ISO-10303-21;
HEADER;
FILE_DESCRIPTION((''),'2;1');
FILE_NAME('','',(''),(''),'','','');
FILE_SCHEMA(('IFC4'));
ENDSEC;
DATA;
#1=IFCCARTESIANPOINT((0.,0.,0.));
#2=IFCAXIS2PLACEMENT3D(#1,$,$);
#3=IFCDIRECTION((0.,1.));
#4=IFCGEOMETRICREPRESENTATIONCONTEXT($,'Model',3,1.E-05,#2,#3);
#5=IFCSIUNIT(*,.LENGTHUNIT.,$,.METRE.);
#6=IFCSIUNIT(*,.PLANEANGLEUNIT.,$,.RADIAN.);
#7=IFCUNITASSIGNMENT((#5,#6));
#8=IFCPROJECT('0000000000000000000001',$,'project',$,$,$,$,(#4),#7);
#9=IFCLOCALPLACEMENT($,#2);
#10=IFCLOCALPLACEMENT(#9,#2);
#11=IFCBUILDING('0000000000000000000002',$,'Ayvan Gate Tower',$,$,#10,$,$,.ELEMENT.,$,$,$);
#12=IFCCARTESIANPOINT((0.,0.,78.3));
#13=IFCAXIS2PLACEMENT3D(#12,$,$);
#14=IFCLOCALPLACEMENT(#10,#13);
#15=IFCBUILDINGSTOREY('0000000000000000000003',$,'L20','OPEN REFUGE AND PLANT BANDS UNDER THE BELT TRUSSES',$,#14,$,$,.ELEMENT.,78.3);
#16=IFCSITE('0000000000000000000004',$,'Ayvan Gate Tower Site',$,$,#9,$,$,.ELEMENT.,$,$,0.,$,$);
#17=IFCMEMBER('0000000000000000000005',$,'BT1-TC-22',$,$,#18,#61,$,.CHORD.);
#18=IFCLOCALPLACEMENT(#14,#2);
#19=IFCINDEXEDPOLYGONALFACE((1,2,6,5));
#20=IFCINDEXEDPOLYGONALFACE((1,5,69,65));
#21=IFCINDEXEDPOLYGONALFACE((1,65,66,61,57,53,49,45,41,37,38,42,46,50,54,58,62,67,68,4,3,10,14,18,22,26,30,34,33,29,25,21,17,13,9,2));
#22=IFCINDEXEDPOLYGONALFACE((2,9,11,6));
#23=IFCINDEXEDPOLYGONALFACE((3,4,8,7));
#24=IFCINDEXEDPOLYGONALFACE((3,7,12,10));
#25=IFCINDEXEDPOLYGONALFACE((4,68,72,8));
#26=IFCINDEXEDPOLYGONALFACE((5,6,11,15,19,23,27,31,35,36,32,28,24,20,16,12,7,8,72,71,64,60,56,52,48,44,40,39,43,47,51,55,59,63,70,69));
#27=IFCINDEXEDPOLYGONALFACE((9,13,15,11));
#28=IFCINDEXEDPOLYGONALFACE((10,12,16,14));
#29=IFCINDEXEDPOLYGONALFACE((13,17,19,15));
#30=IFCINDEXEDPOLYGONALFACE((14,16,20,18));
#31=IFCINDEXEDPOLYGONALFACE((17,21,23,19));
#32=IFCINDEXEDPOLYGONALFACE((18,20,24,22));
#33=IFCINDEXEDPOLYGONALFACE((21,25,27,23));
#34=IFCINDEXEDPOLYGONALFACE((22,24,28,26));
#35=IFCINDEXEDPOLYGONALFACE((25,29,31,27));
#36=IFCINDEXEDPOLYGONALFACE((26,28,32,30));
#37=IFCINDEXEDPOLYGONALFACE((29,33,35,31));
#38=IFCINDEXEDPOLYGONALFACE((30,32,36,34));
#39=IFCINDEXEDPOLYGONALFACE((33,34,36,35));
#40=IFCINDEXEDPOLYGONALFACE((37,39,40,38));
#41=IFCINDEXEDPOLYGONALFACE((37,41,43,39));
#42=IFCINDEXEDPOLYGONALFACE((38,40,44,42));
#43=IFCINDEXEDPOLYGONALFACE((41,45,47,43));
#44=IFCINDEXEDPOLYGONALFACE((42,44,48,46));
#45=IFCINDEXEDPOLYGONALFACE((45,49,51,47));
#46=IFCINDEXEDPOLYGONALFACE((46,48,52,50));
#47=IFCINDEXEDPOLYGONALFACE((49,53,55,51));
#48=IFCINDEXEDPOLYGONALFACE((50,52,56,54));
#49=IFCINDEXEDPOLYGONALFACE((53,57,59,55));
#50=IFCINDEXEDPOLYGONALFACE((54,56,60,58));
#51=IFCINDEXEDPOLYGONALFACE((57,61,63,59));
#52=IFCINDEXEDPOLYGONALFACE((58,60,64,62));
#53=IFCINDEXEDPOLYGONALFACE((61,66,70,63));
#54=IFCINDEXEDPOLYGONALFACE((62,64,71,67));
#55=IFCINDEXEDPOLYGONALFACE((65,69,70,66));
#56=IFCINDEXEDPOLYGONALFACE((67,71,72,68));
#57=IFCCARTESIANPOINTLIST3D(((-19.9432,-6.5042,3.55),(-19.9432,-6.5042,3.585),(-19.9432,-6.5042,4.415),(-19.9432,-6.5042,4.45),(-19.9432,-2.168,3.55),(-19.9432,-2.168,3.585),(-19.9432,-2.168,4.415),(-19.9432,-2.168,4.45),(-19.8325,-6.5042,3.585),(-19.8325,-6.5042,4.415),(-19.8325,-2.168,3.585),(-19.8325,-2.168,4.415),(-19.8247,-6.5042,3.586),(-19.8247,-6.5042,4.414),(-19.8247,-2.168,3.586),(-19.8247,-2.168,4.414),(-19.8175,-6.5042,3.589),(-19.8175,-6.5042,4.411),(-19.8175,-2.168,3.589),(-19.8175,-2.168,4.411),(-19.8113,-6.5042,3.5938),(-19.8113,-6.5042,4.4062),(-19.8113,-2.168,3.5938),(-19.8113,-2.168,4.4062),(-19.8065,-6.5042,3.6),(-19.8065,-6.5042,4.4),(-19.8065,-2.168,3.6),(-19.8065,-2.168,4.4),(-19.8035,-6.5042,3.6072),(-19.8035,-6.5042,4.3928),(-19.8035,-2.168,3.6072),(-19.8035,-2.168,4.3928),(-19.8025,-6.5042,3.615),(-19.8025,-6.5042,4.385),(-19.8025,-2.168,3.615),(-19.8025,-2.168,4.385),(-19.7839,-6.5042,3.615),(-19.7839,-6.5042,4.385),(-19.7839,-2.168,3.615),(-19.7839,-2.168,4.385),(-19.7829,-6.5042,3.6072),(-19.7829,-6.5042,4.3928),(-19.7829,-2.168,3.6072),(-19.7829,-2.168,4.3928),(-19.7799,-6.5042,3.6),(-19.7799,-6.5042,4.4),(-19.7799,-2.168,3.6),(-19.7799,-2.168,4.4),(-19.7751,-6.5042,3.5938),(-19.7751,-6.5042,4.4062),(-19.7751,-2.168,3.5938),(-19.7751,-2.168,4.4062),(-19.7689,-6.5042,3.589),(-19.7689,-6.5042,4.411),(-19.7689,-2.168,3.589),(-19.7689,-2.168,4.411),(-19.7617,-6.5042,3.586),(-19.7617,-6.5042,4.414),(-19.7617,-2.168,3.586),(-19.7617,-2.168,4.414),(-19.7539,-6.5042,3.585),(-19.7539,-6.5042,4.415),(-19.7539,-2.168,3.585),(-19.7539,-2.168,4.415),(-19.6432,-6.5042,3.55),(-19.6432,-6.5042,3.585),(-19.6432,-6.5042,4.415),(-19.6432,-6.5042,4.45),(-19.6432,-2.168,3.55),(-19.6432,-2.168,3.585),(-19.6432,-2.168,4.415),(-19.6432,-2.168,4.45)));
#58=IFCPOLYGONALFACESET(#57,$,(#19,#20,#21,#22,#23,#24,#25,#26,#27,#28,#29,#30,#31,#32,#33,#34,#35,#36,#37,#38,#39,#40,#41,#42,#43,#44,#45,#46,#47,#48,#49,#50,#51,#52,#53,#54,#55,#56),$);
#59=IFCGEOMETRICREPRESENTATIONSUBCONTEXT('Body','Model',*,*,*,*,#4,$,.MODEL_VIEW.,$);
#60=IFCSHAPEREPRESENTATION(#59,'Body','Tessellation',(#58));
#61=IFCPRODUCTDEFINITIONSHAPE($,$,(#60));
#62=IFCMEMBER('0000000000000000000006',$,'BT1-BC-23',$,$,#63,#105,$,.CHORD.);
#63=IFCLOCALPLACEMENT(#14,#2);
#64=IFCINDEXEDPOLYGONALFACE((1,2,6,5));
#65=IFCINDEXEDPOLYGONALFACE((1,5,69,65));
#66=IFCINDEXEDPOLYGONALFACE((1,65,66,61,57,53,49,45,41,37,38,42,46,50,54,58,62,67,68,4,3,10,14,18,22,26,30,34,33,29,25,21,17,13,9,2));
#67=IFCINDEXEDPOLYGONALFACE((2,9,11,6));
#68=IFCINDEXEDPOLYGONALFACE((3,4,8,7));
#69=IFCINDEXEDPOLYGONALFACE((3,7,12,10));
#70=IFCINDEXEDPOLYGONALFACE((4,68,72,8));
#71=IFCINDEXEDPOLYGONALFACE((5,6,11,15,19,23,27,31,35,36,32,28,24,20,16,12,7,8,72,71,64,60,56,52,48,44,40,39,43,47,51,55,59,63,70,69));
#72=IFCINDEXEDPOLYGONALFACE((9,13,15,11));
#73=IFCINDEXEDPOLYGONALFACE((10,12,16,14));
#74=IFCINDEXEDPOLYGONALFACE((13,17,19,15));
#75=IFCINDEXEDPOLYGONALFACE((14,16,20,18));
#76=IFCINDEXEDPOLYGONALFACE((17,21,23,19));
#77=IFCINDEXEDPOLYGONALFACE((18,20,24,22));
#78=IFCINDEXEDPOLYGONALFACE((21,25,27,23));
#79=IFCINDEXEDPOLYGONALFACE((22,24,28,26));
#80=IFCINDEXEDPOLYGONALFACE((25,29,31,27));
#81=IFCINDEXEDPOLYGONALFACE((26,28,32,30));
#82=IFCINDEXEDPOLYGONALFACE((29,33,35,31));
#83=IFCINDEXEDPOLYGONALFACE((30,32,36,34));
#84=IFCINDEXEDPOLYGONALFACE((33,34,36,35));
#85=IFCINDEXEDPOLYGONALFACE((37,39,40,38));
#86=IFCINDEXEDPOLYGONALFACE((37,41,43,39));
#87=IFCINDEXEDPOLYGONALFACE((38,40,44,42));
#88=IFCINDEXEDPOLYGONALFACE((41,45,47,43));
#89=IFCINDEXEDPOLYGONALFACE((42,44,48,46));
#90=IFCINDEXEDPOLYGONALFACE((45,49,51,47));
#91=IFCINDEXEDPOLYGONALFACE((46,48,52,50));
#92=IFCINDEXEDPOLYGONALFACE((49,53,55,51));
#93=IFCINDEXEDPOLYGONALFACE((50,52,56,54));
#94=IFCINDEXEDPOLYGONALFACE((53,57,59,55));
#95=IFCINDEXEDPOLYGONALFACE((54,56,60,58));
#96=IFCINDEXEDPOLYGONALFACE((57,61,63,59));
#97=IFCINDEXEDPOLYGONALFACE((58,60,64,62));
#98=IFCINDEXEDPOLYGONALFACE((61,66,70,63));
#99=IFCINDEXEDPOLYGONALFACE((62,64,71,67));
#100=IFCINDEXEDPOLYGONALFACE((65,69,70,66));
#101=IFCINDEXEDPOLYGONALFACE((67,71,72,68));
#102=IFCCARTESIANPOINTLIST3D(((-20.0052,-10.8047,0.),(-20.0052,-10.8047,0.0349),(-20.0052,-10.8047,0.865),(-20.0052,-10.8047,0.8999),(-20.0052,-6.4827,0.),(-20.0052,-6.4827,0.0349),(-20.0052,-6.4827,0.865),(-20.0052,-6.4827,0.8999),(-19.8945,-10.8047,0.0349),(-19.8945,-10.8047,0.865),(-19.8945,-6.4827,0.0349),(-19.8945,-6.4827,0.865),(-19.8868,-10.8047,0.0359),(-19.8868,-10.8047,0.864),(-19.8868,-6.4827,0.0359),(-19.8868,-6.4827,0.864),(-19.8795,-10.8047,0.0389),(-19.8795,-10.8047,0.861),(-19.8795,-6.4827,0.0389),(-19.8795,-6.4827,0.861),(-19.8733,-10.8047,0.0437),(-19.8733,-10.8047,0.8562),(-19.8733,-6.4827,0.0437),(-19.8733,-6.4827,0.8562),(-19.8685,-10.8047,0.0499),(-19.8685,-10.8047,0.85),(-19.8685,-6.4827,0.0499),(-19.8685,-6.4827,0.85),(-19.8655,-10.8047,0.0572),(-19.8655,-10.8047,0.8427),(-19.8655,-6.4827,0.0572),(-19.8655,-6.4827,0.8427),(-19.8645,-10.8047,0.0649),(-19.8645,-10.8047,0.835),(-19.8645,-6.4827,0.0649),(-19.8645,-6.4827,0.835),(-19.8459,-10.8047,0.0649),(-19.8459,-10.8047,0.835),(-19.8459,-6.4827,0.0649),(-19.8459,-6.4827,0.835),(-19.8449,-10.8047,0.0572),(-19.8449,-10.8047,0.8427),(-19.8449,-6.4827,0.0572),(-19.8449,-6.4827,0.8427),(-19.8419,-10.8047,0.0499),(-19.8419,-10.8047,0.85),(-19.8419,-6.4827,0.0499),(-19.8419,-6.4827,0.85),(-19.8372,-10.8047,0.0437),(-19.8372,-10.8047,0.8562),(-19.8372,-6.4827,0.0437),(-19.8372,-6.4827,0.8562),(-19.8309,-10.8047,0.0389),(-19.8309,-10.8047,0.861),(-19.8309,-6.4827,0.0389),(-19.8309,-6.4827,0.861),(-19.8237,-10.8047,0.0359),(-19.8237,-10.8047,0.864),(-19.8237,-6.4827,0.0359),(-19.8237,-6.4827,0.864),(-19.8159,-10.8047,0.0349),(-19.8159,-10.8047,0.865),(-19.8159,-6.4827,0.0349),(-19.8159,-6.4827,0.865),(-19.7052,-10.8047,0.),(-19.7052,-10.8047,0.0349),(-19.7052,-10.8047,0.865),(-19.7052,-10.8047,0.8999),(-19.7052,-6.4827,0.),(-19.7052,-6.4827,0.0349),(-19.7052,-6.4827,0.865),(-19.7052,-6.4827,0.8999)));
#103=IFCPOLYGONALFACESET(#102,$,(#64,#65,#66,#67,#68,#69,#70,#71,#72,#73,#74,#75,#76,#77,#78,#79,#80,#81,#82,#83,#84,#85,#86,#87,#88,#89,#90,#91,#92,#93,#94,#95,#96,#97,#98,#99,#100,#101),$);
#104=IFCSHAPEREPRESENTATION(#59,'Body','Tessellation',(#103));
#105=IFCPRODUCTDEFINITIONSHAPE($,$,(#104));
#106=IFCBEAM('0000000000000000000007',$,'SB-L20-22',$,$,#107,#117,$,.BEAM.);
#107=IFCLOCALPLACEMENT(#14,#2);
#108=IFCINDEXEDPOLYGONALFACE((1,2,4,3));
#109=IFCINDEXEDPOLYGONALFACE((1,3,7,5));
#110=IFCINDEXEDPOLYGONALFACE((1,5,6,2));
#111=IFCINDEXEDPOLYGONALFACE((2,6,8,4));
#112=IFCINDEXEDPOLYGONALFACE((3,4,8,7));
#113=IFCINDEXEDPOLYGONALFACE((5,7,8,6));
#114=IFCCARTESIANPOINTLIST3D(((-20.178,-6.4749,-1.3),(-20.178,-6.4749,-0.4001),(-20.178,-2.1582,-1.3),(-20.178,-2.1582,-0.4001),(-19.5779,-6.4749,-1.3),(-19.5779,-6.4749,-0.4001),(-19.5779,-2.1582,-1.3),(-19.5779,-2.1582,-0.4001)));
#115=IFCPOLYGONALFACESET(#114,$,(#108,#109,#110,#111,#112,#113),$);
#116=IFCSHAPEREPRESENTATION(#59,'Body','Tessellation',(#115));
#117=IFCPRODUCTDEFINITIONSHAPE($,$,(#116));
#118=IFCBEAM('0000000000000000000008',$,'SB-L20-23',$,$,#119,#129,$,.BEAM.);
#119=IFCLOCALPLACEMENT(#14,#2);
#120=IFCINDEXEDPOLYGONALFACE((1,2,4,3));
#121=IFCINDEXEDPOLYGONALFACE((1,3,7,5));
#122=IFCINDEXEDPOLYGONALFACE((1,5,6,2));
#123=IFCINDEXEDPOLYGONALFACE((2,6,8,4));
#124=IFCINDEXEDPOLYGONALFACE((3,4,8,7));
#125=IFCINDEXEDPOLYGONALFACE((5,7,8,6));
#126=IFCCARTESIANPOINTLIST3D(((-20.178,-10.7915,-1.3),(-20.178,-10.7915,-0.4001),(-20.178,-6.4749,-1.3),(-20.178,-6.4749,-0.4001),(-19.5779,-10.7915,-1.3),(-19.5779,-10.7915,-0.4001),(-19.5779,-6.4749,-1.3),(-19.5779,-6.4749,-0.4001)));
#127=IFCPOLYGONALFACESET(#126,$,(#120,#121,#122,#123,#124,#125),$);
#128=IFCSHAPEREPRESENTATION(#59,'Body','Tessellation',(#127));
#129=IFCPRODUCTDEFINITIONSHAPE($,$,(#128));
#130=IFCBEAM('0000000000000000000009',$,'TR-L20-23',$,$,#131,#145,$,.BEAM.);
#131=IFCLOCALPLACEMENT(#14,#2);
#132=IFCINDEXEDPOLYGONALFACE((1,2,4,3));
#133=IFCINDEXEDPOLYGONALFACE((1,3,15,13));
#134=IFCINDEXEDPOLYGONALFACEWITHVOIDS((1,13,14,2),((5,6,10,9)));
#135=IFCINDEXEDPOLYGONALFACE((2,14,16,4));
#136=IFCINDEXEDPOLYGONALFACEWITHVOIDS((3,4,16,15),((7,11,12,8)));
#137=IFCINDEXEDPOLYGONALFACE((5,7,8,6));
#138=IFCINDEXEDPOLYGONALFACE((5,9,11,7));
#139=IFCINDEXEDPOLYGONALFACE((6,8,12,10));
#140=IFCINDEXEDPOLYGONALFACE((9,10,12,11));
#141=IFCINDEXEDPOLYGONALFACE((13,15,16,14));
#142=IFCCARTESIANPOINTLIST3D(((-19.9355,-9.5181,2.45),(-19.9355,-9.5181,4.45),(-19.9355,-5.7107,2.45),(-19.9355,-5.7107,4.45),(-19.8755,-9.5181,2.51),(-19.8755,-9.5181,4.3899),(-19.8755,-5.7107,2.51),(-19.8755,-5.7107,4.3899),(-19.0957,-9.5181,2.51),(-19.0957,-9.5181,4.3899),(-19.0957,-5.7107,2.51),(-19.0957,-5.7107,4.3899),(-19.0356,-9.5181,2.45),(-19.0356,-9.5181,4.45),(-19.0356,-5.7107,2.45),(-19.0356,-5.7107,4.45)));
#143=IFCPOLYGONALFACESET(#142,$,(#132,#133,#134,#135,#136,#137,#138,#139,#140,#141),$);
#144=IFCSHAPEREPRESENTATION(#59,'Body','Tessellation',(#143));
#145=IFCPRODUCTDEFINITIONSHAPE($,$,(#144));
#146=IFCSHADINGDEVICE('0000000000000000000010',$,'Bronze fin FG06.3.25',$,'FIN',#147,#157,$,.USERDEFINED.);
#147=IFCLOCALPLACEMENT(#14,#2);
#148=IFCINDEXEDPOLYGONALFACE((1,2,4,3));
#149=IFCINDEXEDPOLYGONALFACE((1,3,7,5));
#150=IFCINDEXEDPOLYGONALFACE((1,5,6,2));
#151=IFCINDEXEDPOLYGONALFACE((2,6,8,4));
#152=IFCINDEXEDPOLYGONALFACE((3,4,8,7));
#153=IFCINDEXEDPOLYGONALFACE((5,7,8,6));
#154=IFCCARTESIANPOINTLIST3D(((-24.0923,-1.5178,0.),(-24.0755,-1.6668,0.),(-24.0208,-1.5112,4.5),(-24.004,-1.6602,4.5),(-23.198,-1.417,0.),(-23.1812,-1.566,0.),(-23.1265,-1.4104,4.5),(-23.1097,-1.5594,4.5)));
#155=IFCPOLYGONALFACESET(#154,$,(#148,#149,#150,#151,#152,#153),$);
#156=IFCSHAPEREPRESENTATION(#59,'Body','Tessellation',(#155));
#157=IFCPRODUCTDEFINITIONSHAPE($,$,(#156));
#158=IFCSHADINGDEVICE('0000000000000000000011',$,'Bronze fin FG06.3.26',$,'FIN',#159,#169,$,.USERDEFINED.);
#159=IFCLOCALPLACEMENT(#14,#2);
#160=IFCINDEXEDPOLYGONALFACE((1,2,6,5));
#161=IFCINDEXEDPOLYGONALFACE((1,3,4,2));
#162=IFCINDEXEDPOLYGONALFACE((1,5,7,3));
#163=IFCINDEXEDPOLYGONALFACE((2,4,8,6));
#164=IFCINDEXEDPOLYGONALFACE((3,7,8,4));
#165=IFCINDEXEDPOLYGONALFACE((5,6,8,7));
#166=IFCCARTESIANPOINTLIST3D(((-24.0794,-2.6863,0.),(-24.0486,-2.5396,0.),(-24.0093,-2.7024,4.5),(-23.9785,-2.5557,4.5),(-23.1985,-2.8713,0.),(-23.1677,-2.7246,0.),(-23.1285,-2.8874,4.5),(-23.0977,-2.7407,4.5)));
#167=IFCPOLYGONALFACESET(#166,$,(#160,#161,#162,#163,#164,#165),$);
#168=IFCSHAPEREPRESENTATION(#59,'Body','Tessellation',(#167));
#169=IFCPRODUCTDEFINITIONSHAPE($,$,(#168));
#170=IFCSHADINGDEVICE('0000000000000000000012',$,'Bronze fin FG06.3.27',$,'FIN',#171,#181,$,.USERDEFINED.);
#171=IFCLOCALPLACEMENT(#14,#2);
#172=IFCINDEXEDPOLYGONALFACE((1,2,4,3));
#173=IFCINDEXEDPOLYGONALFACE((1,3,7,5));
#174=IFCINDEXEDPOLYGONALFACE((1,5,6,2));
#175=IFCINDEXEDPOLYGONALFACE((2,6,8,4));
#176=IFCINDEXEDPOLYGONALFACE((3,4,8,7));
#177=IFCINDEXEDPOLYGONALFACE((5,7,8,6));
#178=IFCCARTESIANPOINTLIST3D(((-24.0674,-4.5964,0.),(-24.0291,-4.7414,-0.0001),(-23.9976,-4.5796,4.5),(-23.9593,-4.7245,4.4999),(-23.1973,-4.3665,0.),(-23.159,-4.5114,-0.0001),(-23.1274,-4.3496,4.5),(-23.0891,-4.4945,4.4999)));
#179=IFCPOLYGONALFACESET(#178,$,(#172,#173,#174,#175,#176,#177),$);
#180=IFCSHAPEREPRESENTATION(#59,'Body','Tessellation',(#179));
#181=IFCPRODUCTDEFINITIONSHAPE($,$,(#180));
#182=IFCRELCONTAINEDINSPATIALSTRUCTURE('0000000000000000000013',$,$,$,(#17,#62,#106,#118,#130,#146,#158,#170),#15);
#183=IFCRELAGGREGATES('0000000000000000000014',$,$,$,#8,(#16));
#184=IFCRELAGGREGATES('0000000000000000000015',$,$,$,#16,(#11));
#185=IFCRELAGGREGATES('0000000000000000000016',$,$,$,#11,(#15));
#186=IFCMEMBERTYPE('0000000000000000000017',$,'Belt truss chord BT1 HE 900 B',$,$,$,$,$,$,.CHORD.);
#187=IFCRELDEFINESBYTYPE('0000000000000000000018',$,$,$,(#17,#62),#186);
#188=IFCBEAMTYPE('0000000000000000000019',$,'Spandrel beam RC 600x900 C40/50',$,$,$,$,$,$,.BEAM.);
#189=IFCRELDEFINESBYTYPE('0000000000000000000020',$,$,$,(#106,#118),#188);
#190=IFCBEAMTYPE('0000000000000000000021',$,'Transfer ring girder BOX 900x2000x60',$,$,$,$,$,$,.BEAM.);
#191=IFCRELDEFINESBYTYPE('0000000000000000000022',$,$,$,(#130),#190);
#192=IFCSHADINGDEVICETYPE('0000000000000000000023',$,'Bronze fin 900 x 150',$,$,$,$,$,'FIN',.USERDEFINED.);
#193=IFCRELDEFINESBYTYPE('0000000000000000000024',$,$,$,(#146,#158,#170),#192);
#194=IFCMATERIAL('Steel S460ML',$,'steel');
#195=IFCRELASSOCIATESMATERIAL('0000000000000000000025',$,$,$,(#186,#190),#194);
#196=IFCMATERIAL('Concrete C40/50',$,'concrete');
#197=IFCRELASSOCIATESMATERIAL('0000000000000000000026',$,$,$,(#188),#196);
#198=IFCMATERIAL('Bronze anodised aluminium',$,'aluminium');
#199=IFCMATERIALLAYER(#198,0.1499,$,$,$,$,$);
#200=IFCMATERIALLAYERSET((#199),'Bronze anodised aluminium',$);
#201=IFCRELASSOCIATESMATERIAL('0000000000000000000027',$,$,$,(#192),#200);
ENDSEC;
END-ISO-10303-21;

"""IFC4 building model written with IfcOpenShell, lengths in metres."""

from ifc_helpers import new_model, si_unit, direction, frame, origin, origin_2d, place, context, subcontext, project, spatial, polyline, rectangle, hollow_rectangle, i_section, outline, extrude, material, layer, layer_set, material_profile, profile_set, type_object, element, save


model = new_model("IFC4")

# Units and contexts
model_context = context("Model", 3, precision=1e-05, world=origin(), true_north=direction((0.0, 1.0)))
body_context = subcontext(model_context, "Body", "Model", "MODEL_VIEW")
ifc_project = project(units=[si_unit("LENGTHUNIT", "METRE"), si_unit("PLANEANGLEUNIT", "RADIAN")], contexts=[model_context])

# Site, building, storey
site_placement = place(None, origin())
site = spatial("IfcSite", under=ifc_project, at=site_placement, Name="Ayvan Gate Tower Site", CompositionType="ELEMENT", RefElevation=0.0)
building_placement = place(site_placement, origin())
building = spatial("IfcBuilding", under=site, at=building_placement, Name="Ayvan Gate Tower", CompositionType="ELEMENT")
storey_placement = place(building_placement, frame((0.0, 0.0, 78.3)))
storey = spatial("IfcBuildingStorey", under=building, at=storey_placement, Name="L20", Description="OPEN REFUGE AND PLANT BANDS UNDER THE BELT TRUSSES", CompositionType="ELEMENT", Elevation=78.3)

# Members
ifc_material_1 = material(Name="Steel S460ML", Category="steel")
ifc_material_profile_1 = material_profile(ifc_material_1, i_section(OverallWidth=0.3, OverallDepth=0.8999, WebThickness=0.0186, FlangeThickness=0.0349, FilletRadius=0.03, at=origin_2d()), Name="HE 900 B")
ifc_profile_set_1 = profile_set([ifc_material_profile_1], Name="Steel S460ML")
member_type_1 = type_object("IfcMemberType", Name="Belt truss chord BT1 HE 900 B", PredefinedType="CHORD", material=ifc_profile_set_1)
member_1_placement = place(storey_placement, frame((-19.7932, -2.168, 4.0), z_axis=(0.0, -1.0, 0.0), x_axis=(1.0, 0.0, 0.0)))
element("IfcMember", 1, at=member_1_placement, inside=storey, type_object=member_type_1, Name="BT1-TC-22", PredefinedType="CHORD", context=body_context, shape_type="SweptSolid", body=[
    extrude(i_section(OverallWidth=0.3, OverallDepth=0.8999, WebThickness=0.0186, FlangeThickness=0.0349, FilletRadius=0.03, at=origin_2d()), origin(), (0.0, 0.0, 1.0), 4.3362),
])
member_2_placement = place(storey_placement, frame((-19.8552, -6.4827, 0.45), z_axis=(0.0, -1.0, 0.0), x_axis=(1.0, 0.0, 0.0)))
element("IfcMember", 2, at=member_2_placement, inside=storey, type_object=member_type_1, Name="BT1-BC-23", PredefinedType="CHORD", context=body_context, shape_type="SweptSolid", body=[
    extrude(i_section(OverallWidth=0.3, OverallDepth=0.8999, WebThickness=0.0186, FlangeThickness=0.0349, FilletRadius=0.03, at=origin_2d()), origin(), (0.0, 0.0, 1.0), 4.322),
])

# Beams
ifc_material_2 = material(Name="Concrete C40/50", Category="concrete")
ifc_material_profile_2 = material_profile(ifc_material_2, rectangle(XDim=0.6001, YDim=0.8999, at=origin_2d()), Name="RC 600x900")
ifc_profile_set_2 = profile_set([ifc_material_profile_2], Name="Concrete C40/50")
beam_type_1 = type_object("IfcBeamType", Name="Spandrel beam RC 600x900 C40/50", PredefinedType="BEAM", material=ifc_profile_set_2)
for number, where, z_axis, x_axis, name in (
    (3, (-19.8779, -2.1582, -0.8501), (0.0, -1.0, 0.0), (1.0, 0.0, 0.0), "SB-L20-22"),
    (4, (-19.8779, -6.4749, -0.8501), (0.0, -1.0, 0.0), (1.0, 0.0, 0.0), "SB-L20-23"),
):
    element("IfcBeam", number, at=place(storey_placement, frame(where, z_axis=z_axis, x_axis=x_axis)), inside=storey, type_object=beam_type_1, Name=name, PredefinedType="BEAM", context=body_context, shape_type="SweptSolid", body=[
        extrude(rectangle(XDim=0.6001, YDim=0.8999, at=origin_2d()), origin(), (0.0, 0.0, 1.0), 4.3167),
    ])
ifc_material_profile_3 = material_profile(ifc_material_1, hollow_rectangle(XDim=0.8999, YDim=2.0, WallThickness=0.0601, at=origin_2d()), Name="BOX 900x2000x60")
ifc_profile_set_3 = profile_set([ifc_material_profile_3], Name="Steel S460ML")
beam_type_2 = type_object("IfcBeamType", Name="Transfer ring girder BOX 900x2000x60", PredefinedType="BEAM", material=ifc_profile_set_3)
beam_placement = place(storey_placement, frame((-19.4856, -5.7107, 3.45), z_axis=(0.0, -1.0, 0.0), x_axis=(1.0, 0.0, 0.0)))
element("IfcBeam", 5, at=beam_placement, inside=storey, type_object=beam_type_2, Name="TR-L20-23", PredefinedType="BEAM", context=body_context, shape_type="SweptSolid", body=[
    extrude(hollow_rectangle(XDim=0.8999, YDim=2.0, WallThickness=0.0601, at=origin_2d()), origin(), (0.0, 0.0, 1.0), 3.8074),
])

# Shading devices
ifc_material_3 = material(Name="Bronze anodised aluminium", Category="aluminium")
ifc_layer_1 = layer(ifc_material_3, 0.1499)
ifc_layer_set_1 = layer_set([ifc_layer_1], Name="Bronze anodised aluminium")
shading_device_type = type_object("IfcShadingDeviceType", Name="Bronze fin 900 x 150", ElementType="FIN", PredefinedType="USERDEFINED", material=ifc_layer_set_1)
shading_device_1_placement = place(storey_placement, frame((-23.198, -1.417, 0.0), z_axis=(-0.112039, 0.993704, 0.000325), x_axis=(-0.993704, -0.112039, 0.0)))
element("IfcShadingDevice", 6, at=shading_device_1_placement, inside=storey, type_object=shading_device_type, Name="Bronze fin FG06.3.25", ObjectType="FIN", PredefinedType="USERDEFINED", context=body_context, shape_type="SweptSolid", body=[
    extrude(outline(polyline([(0.0, 0.0), (0.9, 0.0), (0.8281, 4.5), (-0.0718, 4.5), (0.0, 0.0)])), origin(), (0.0, 0.0, -1.0), 0.1499),
])
shading_device_2_placement = place(storey_placement, frame((-23.1677, -2.7246, 0.0), z_axis=(0.2056, 0.978636, 0.000303), x_axis=(-0.978636, 0.2056, 0.0)))
element("IfcShadingDevice", 7, at=shading_device_2_placement, inside=storey, type_object=shading_device_type, Name="Bronze fin FG06.3.26", ObjectType="FIN", PredefinedType="USERDEFINED", context=body_context, shape_type="SweptSolid", body=[
    extrude(outline(polyline([(0.0, 0.0), (0.9001, 0.0), (0.8282, 4.5), (-0.0719, 4.5), (0.0, 0.0)])), origin(), (0.0, 0.0, -1.0), 0.1499),
])
shading_device_3_placement = place(storey_placement, frame((-23.1973, -4.3665, 0.0), z_axis=(-0.255535, 0.9668, 0.000346), x_axis=(-0.9668, -0.255535, 0.0)))
element("IfcShadingDevice", 8, at=shading_device_3_placement, inside=storey, type_object=shading_device_type, Name="Bronze fin FG06.3.27", ObjectType="FIN", PredefinedType="USERDEFINED", context=body_context, shape_type="SweptSolid", body=[
    extrude(outline(polyline([(0.0, 0.0), (0.9, 0.0), (0.8282, 4.5), (-0.0718, 4.5), (0.0, 0.0)])), origin(), (0.0, 0.0, -1.0), 0.1499),
])

save(model, "model.ifc")
